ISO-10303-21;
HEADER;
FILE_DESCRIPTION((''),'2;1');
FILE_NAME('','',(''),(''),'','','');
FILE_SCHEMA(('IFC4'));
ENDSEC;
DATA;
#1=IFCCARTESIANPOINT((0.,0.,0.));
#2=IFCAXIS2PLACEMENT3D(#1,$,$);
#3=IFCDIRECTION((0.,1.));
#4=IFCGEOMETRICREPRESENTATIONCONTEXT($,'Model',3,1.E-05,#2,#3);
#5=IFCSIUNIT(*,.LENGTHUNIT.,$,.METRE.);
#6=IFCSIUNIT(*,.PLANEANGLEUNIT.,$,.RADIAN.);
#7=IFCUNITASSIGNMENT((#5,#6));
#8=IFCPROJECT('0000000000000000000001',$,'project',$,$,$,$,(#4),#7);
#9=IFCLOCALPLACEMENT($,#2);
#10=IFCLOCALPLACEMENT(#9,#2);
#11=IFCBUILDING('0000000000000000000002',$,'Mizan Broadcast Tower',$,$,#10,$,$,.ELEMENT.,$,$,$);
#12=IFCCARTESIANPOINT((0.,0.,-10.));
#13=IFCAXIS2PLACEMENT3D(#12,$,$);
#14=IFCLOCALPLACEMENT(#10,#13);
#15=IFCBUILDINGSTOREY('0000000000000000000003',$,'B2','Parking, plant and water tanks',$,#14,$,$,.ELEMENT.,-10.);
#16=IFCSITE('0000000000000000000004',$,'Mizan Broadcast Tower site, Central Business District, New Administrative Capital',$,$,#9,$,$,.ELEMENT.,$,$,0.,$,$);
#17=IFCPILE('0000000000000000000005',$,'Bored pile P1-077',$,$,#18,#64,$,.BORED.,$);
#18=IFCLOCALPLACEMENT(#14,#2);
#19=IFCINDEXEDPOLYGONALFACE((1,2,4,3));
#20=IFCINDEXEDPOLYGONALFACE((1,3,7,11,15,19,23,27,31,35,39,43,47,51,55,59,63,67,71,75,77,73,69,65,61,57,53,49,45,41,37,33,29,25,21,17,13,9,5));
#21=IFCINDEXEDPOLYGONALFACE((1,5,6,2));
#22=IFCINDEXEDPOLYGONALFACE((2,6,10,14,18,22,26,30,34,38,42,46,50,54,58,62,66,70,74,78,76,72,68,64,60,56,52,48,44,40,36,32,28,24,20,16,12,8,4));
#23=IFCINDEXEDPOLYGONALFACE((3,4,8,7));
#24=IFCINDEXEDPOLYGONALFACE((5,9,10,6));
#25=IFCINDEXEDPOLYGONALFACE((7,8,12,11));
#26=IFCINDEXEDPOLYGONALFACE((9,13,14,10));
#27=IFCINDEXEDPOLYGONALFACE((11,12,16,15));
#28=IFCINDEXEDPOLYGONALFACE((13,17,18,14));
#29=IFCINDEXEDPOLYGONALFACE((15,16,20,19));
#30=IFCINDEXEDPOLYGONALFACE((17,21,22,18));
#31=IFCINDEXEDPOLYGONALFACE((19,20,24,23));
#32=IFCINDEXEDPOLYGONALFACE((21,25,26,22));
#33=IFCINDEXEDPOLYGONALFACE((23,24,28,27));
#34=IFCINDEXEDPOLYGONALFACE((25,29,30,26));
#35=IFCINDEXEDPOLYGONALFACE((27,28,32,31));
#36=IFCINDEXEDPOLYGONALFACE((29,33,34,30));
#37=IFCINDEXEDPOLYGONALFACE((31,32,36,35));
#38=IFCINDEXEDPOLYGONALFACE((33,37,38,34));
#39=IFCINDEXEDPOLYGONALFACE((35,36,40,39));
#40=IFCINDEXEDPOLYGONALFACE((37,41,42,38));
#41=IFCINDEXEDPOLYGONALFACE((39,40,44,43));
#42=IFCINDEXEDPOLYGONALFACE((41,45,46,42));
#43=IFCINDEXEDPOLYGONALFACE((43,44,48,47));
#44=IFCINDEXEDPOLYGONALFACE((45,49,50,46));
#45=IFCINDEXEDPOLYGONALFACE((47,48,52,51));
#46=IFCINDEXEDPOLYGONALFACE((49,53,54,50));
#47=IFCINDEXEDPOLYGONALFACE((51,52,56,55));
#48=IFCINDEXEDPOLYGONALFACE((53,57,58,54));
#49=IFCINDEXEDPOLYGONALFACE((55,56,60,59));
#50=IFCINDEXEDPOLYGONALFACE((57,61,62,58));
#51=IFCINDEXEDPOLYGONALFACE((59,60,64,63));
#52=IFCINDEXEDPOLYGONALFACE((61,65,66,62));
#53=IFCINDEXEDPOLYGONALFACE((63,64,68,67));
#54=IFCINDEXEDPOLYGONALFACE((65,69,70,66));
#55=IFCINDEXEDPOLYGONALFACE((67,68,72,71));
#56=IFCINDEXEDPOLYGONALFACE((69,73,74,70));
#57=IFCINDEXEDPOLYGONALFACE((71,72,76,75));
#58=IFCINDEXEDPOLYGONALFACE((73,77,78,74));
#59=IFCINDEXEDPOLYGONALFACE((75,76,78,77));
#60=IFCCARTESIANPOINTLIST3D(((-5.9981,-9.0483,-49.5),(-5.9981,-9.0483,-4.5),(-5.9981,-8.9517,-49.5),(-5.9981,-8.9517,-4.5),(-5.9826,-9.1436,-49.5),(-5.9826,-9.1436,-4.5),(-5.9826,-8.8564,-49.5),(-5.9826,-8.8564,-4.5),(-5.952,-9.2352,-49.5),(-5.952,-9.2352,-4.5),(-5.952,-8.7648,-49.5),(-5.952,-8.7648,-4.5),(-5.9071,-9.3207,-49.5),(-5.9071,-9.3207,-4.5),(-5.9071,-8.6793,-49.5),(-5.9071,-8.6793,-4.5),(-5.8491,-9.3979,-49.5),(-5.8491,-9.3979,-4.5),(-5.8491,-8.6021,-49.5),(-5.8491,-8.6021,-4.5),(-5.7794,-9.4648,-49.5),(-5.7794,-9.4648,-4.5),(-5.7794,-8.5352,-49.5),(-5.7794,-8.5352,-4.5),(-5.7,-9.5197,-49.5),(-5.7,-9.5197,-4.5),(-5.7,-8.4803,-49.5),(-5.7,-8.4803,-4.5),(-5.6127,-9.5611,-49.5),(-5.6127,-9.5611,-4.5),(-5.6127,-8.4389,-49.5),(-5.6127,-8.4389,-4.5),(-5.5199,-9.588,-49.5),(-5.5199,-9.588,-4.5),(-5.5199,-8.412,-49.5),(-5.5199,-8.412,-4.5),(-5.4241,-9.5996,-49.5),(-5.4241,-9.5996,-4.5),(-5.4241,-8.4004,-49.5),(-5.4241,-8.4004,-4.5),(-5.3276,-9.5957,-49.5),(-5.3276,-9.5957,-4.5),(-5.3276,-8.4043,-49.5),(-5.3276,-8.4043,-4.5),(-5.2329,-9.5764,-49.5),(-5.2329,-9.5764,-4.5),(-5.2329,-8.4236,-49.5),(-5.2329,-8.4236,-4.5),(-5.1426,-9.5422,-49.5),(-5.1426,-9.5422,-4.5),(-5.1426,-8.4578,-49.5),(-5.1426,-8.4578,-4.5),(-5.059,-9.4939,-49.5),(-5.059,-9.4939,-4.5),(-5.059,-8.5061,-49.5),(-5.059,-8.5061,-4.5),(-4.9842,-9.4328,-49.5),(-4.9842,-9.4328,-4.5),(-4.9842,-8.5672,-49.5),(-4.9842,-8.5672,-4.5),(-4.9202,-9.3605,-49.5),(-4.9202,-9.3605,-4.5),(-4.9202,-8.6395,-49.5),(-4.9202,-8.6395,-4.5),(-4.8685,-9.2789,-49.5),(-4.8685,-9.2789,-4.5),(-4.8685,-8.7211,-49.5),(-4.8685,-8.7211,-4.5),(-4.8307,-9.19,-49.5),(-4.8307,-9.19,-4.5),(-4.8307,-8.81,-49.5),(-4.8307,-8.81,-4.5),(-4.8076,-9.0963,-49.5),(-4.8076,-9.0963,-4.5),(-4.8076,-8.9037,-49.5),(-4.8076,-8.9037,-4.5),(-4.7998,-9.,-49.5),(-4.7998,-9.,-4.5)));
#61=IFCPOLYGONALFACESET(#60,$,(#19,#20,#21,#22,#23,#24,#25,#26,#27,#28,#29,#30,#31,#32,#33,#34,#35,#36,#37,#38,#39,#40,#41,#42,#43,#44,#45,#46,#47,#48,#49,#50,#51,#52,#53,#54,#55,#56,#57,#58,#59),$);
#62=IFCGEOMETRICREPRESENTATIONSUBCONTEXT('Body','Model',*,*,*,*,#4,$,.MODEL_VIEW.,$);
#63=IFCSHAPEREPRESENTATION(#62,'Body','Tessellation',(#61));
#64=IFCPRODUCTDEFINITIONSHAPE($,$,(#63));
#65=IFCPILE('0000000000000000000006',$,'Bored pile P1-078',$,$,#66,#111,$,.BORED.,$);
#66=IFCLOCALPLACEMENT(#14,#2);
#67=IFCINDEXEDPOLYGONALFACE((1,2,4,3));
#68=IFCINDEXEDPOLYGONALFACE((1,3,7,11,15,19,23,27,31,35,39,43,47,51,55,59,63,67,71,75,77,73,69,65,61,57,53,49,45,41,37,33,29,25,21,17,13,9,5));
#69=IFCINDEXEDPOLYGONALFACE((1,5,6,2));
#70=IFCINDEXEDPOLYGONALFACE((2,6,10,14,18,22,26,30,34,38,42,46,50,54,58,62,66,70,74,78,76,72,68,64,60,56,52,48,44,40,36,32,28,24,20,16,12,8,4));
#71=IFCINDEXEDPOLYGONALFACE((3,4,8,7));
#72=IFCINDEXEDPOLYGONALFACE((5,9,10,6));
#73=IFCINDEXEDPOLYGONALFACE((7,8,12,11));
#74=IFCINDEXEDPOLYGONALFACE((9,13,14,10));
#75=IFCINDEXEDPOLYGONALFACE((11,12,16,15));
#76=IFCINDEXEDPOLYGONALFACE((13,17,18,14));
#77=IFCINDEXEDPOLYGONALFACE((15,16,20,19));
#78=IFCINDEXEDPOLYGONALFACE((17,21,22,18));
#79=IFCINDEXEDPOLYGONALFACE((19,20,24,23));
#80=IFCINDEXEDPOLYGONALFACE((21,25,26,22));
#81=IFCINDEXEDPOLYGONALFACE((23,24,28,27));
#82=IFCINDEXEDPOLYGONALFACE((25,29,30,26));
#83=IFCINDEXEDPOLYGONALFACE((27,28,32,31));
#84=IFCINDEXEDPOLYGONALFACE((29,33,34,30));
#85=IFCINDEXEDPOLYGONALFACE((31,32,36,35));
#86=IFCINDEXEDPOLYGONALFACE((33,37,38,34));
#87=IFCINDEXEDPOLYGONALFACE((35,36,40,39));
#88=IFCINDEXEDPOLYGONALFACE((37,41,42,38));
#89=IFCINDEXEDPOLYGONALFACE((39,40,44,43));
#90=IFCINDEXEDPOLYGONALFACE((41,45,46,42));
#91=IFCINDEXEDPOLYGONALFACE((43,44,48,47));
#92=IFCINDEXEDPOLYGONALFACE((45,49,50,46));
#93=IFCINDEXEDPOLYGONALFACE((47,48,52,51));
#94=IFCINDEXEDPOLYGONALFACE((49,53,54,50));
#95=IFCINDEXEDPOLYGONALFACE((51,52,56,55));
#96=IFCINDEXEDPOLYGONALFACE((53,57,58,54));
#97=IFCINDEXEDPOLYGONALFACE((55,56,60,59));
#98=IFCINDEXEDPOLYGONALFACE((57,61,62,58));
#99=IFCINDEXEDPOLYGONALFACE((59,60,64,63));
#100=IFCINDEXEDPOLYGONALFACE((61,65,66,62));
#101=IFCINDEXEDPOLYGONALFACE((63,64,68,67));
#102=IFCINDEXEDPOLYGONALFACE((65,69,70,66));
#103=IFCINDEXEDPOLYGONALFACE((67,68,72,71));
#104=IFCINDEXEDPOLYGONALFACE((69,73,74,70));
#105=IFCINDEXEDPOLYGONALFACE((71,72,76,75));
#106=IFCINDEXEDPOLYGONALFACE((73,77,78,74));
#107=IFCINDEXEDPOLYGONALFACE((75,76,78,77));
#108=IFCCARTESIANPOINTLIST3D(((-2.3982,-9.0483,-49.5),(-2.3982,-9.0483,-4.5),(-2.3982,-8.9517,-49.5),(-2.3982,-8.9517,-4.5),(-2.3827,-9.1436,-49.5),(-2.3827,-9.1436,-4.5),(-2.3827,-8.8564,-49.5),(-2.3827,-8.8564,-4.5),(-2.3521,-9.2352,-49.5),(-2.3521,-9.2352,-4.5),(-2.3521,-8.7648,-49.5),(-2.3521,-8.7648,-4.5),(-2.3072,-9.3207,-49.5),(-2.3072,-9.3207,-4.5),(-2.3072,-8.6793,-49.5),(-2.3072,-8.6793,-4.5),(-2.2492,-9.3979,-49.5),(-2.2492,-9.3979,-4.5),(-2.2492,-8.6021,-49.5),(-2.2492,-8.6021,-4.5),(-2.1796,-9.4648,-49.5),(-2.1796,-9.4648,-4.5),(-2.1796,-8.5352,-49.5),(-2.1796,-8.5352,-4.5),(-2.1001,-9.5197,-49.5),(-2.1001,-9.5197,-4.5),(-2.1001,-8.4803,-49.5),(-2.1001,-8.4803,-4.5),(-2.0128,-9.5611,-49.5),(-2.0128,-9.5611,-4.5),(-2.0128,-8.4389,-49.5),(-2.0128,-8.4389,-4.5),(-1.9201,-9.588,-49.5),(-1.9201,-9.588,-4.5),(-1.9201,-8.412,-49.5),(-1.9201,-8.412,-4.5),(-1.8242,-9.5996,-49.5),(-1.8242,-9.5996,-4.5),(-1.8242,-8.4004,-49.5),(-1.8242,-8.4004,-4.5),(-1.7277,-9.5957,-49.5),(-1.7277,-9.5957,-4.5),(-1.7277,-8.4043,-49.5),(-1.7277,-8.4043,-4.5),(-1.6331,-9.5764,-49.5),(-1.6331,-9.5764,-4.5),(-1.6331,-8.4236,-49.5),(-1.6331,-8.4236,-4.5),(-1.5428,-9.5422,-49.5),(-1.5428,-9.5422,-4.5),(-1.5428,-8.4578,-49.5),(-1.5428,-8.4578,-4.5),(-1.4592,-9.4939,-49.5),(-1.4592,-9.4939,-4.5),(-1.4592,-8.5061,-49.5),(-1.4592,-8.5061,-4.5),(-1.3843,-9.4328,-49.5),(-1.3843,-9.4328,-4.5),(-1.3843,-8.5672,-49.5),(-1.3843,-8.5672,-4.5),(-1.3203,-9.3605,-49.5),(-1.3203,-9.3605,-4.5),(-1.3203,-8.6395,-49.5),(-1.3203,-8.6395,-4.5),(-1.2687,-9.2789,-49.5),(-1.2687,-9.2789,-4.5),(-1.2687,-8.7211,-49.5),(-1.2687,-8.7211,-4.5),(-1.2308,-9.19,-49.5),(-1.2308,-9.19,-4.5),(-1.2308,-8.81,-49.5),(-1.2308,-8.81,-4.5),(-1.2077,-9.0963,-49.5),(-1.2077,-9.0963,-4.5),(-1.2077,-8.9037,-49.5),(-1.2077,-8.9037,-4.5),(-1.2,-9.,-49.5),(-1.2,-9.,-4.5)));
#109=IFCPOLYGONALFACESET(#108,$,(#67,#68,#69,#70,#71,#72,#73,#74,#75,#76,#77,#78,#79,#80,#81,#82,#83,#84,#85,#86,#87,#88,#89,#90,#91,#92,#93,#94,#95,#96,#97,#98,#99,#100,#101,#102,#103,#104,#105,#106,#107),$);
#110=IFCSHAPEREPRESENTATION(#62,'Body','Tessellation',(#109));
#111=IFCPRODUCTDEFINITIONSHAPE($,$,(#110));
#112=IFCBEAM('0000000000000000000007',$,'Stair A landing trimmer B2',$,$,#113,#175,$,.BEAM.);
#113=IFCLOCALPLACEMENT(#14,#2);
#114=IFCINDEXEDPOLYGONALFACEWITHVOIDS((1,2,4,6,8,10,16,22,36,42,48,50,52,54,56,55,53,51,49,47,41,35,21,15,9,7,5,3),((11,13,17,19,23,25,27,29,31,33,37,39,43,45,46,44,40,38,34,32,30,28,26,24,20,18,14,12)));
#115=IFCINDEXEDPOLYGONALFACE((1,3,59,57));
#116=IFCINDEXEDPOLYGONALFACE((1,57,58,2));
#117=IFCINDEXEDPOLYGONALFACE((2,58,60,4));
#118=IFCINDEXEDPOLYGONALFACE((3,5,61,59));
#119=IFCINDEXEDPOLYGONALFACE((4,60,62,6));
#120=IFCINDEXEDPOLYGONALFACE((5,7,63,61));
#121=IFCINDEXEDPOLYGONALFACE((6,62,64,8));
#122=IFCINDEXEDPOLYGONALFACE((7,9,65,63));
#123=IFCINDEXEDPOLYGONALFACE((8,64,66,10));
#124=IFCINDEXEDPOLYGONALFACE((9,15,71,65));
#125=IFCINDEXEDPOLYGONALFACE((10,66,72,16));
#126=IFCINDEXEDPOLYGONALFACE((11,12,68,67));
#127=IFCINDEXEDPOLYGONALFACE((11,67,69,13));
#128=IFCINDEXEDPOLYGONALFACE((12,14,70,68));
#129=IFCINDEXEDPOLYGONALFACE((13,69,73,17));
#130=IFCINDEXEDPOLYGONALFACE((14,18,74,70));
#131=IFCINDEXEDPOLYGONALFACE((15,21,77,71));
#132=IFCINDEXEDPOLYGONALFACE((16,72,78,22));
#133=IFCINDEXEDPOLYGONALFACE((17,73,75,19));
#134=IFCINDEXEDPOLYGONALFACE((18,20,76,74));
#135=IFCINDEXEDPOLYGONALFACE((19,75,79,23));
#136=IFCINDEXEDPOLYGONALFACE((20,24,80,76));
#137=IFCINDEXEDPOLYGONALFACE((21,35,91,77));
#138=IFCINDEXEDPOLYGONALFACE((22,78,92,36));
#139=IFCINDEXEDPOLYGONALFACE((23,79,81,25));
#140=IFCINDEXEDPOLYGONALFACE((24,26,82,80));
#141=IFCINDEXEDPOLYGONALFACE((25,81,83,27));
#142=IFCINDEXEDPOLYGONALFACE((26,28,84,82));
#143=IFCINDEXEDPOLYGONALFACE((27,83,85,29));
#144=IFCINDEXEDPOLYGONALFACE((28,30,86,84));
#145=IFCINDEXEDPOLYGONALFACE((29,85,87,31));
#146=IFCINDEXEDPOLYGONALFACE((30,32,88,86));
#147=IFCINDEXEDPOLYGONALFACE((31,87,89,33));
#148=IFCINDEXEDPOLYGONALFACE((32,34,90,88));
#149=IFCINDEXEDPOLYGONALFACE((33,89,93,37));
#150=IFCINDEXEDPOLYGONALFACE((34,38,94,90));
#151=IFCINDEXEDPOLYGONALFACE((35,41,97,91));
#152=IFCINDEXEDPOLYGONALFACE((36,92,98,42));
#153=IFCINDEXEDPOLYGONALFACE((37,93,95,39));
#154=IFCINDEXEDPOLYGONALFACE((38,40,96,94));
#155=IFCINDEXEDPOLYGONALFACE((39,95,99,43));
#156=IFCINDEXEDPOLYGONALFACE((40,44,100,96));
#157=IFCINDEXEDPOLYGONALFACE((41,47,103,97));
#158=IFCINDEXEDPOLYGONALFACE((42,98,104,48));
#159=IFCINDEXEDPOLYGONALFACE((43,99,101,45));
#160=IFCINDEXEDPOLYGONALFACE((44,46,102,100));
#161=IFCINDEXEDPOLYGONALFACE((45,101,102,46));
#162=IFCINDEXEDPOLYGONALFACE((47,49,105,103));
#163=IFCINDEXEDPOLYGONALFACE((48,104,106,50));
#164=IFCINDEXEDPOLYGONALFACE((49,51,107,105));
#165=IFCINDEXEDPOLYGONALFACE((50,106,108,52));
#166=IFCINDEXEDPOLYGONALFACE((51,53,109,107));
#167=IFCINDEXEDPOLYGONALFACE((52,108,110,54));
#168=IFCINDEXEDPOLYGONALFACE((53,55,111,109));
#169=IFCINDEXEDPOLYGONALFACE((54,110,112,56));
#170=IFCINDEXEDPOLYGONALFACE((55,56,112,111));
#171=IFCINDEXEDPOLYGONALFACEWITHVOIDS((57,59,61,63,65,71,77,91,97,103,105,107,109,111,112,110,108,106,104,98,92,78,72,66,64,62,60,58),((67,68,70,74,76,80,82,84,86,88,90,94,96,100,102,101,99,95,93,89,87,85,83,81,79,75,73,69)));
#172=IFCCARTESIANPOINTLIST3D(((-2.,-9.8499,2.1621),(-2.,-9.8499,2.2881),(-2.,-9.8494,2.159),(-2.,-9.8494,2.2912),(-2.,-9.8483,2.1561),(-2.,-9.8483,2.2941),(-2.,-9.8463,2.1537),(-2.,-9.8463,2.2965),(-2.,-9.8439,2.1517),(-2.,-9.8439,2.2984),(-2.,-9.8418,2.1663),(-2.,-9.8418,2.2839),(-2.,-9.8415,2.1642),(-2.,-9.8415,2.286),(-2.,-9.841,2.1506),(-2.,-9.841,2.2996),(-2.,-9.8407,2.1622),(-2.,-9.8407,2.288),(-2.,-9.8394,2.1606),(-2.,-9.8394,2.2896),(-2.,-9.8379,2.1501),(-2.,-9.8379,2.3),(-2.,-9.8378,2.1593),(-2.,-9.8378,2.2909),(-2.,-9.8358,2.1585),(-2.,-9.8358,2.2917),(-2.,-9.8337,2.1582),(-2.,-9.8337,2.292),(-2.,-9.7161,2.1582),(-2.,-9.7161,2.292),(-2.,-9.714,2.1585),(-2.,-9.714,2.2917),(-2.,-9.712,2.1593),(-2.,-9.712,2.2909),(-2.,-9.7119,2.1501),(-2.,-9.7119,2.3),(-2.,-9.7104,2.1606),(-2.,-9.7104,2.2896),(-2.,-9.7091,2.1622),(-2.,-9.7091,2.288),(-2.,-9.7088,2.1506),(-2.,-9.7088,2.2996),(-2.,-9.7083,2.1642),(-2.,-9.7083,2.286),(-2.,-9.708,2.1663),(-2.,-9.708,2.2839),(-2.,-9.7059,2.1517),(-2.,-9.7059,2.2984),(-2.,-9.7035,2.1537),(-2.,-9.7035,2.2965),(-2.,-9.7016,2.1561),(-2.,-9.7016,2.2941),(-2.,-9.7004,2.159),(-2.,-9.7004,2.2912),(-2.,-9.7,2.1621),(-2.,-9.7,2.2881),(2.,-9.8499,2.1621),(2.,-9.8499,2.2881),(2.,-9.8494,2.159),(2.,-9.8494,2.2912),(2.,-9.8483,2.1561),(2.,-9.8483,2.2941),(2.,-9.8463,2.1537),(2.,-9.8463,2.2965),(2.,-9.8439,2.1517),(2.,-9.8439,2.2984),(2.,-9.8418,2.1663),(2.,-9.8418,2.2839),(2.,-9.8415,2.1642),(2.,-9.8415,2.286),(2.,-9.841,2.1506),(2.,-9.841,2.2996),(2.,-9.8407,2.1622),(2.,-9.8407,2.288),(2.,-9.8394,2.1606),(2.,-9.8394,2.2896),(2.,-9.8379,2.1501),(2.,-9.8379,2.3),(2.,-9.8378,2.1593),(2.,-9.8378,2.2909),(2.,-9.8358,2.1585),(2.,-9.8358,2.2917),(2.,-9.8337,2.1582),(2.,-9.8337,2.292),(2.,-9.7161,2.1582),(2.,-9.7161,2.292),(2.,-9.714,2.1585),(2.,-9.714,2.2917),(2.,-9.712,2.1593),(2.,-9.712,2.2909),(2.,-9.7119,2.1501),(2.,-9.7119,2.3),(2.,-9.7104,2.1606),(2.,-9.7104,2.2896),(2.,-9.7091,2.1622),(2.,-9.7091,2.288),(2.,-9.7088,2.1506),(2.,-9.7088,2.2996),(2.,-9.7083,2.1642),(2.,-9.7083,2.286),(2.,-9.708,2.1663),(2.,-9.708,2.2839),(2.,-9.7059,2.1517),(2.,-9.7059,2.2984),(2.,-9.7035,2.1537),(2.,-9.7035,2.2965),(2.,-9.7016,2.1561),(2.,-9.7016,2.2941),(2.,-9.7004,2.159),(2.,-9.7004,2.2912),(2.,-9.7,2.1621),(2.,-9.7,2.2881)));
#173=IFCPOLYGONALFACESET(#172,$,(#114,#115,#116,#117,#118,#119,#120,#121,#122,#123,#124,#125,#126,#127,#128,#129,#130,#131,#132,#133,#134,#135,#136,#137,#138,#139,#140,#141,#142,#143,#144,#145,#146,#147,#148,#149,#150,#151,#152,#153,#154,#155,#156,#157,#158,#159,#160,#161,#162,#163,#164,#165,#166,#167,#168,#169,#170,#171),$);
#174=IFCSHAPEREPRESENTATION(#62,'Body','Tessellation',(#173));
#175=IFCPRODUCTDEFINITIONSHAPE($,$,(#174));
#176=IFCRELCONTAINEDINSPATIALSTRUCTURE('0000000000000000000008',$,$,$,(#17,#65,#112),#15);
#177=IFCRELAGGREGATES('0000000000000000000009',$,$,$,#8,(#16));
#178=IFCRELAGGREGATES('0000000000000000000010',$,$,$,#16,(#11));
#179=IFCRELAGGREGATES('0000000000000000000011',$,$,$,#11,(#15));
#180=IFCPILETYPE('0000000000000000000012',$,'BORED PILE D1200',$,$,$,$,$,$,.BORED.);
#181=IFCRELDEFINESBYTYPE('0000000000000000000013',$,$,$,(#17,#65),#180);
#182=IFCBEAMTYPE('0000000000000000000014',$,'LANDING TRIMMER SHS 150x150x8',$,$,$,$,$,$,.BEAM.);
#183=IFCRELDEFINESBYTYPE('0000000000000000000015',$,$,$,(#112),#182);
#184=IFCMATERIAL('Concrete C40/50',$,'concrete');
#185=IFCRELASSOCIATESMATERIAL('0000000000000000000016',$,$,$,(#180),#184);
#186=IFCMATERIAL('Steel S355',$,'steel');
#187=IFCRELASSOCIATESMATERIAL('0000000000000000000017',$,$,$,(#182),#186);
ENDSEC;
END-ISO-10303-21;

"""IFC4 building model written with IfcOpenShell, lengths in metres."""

from ifc_helpers import new_model, si_unit, direction, frame, origin, origin_2d, place, context, subcontext, project, spatial, hollow_rectangle, circle, extrude, material, material_profile, profile_set, type_object, element, save


model = new_model("IFC4")

# Units and contexts
model_context = context("Model", 3, precision=1e-05, world=origin(), true_north=direction((0.0, 1.0)))
body_context = subcontext(model_context, "Body", "Model", "MODEL_VIEW")
ifc_project = project(units=[si_unit("LENGTHUNIT", "METRE"), si_unit("PLANEANGLEUNIT", "RADIAN")], contexts=[model_context])

# Site, building, storey
site_placement = place(None, origin())
site = spatial("IfcSite", under=ifc_project, at=site_placement, Name="Mizan Broadcast Tower site, Central Business District, New Administrative Capital", CompositionType="ELEMENT", RefElevation=0.0)
building_placement = place(site_placement, origin())
building = spatial("IfcBuilding", under=site, at=building_placement, Name="Mizan Broadcast Tower", CompositionType="ELEMENT")
storey_placement = place(building_placement, frame((0.0, 0.0, -10.0)))
storey = spatial("IfcBuildingStorey", under=building, at=storey_placement, Name="B2", Description="Parking, plant and water tanks", CompositionType="ELEMENT", Elevation=-10.0)

# Piles
ifc_material_1 = material(Name="Concrete C40/50", Category="concrete")
ifc_material_profile_1 = material_profile(ifc_material_1, circle(Radius=0.6001, at=origin_2d()), Name="D1200")
ifc_profile_set_1 = profile_set([ifc_material_profile_1], Name="Concrete C40/50")
pile_type = type_object("IfcPileType", Name="BORED PILE D1200", PredefinedType="BORED", material=ifc_profile_set_1)
for number, where, z_axis, x_axis, name in (
    (1, (-5.3999, -9.0, -4.5), (0.0, 0.0, -1.0), (1.0, 0.0, 0.0), "Bored pile P1-077"),
    (2, (-1.8, -9.0, -4.5), (0.0, 0.0, -1.0), (1.0, 0.0, 0.0), "Bored pile P1-078"),
):
    element("IfcPile", number, at=place(storey_placement, frame(where, z_axis=z_axis, x_axis=x_axis)), inside=storey, type_object=pile_type, Name=name, PredefinedType="BORED", context=body_context, shape_type="SweptSolid", body=[
        extrude(circle(Radius=0.6001, at=origin_2d()), origin(), (0.0, 0.0, 1.0), 45.0),
    ])

# Beam
ifc_material_2 = material(Name="Steel S355", Category="steel")
ifc_material_profile_2 = material_profile(ifc_material_2, hollow_rectangle(XDim=0.1499, YDim=0.1499, WallThickness=0.0081, InnerFilletRadius=0.0081, OuterFilletRadius=0.012, at=origin_2d()), Name="SHS 150x150x8")
ifc_profile_set_2 = profile_set([ifc_material_profile_2], Name="Steel S355")
beam_type = type_object("IfcBeamType", Name="LANDING TRIMMER SHS 150x150x8", PredefinedType="BEAM", material=ifc_profile_set_2)
for number, where, z_axis, x_axis, name in (
    (3, (-2.0, -9.7749, 2.2251), (1.0, 0.0, 0.0), (0.0, 1.0, 0.0), "Stair A landing trimmer B2"),
):
    element("IfcBeam", number, at=place(storey_placement, frame(where, z_axis=z_axis, x_axis=x_axis)), inside=storey, type_object=beam_type, Name=name, PredefinedType="BEAM", context=body_context, shape_type="SweptSolid", body=[
        extrude(hollow_rectangle(XDim=0.1499, YDim=0.1499, WallThickness=0.0081, InnerFilletRadius=0.0081, OuterFilletRadius=0.012, at=origin_2d()), origin(), (0.0, 0.0, 1.0), 4.0),
    ])

save(model, "model.ifc")
